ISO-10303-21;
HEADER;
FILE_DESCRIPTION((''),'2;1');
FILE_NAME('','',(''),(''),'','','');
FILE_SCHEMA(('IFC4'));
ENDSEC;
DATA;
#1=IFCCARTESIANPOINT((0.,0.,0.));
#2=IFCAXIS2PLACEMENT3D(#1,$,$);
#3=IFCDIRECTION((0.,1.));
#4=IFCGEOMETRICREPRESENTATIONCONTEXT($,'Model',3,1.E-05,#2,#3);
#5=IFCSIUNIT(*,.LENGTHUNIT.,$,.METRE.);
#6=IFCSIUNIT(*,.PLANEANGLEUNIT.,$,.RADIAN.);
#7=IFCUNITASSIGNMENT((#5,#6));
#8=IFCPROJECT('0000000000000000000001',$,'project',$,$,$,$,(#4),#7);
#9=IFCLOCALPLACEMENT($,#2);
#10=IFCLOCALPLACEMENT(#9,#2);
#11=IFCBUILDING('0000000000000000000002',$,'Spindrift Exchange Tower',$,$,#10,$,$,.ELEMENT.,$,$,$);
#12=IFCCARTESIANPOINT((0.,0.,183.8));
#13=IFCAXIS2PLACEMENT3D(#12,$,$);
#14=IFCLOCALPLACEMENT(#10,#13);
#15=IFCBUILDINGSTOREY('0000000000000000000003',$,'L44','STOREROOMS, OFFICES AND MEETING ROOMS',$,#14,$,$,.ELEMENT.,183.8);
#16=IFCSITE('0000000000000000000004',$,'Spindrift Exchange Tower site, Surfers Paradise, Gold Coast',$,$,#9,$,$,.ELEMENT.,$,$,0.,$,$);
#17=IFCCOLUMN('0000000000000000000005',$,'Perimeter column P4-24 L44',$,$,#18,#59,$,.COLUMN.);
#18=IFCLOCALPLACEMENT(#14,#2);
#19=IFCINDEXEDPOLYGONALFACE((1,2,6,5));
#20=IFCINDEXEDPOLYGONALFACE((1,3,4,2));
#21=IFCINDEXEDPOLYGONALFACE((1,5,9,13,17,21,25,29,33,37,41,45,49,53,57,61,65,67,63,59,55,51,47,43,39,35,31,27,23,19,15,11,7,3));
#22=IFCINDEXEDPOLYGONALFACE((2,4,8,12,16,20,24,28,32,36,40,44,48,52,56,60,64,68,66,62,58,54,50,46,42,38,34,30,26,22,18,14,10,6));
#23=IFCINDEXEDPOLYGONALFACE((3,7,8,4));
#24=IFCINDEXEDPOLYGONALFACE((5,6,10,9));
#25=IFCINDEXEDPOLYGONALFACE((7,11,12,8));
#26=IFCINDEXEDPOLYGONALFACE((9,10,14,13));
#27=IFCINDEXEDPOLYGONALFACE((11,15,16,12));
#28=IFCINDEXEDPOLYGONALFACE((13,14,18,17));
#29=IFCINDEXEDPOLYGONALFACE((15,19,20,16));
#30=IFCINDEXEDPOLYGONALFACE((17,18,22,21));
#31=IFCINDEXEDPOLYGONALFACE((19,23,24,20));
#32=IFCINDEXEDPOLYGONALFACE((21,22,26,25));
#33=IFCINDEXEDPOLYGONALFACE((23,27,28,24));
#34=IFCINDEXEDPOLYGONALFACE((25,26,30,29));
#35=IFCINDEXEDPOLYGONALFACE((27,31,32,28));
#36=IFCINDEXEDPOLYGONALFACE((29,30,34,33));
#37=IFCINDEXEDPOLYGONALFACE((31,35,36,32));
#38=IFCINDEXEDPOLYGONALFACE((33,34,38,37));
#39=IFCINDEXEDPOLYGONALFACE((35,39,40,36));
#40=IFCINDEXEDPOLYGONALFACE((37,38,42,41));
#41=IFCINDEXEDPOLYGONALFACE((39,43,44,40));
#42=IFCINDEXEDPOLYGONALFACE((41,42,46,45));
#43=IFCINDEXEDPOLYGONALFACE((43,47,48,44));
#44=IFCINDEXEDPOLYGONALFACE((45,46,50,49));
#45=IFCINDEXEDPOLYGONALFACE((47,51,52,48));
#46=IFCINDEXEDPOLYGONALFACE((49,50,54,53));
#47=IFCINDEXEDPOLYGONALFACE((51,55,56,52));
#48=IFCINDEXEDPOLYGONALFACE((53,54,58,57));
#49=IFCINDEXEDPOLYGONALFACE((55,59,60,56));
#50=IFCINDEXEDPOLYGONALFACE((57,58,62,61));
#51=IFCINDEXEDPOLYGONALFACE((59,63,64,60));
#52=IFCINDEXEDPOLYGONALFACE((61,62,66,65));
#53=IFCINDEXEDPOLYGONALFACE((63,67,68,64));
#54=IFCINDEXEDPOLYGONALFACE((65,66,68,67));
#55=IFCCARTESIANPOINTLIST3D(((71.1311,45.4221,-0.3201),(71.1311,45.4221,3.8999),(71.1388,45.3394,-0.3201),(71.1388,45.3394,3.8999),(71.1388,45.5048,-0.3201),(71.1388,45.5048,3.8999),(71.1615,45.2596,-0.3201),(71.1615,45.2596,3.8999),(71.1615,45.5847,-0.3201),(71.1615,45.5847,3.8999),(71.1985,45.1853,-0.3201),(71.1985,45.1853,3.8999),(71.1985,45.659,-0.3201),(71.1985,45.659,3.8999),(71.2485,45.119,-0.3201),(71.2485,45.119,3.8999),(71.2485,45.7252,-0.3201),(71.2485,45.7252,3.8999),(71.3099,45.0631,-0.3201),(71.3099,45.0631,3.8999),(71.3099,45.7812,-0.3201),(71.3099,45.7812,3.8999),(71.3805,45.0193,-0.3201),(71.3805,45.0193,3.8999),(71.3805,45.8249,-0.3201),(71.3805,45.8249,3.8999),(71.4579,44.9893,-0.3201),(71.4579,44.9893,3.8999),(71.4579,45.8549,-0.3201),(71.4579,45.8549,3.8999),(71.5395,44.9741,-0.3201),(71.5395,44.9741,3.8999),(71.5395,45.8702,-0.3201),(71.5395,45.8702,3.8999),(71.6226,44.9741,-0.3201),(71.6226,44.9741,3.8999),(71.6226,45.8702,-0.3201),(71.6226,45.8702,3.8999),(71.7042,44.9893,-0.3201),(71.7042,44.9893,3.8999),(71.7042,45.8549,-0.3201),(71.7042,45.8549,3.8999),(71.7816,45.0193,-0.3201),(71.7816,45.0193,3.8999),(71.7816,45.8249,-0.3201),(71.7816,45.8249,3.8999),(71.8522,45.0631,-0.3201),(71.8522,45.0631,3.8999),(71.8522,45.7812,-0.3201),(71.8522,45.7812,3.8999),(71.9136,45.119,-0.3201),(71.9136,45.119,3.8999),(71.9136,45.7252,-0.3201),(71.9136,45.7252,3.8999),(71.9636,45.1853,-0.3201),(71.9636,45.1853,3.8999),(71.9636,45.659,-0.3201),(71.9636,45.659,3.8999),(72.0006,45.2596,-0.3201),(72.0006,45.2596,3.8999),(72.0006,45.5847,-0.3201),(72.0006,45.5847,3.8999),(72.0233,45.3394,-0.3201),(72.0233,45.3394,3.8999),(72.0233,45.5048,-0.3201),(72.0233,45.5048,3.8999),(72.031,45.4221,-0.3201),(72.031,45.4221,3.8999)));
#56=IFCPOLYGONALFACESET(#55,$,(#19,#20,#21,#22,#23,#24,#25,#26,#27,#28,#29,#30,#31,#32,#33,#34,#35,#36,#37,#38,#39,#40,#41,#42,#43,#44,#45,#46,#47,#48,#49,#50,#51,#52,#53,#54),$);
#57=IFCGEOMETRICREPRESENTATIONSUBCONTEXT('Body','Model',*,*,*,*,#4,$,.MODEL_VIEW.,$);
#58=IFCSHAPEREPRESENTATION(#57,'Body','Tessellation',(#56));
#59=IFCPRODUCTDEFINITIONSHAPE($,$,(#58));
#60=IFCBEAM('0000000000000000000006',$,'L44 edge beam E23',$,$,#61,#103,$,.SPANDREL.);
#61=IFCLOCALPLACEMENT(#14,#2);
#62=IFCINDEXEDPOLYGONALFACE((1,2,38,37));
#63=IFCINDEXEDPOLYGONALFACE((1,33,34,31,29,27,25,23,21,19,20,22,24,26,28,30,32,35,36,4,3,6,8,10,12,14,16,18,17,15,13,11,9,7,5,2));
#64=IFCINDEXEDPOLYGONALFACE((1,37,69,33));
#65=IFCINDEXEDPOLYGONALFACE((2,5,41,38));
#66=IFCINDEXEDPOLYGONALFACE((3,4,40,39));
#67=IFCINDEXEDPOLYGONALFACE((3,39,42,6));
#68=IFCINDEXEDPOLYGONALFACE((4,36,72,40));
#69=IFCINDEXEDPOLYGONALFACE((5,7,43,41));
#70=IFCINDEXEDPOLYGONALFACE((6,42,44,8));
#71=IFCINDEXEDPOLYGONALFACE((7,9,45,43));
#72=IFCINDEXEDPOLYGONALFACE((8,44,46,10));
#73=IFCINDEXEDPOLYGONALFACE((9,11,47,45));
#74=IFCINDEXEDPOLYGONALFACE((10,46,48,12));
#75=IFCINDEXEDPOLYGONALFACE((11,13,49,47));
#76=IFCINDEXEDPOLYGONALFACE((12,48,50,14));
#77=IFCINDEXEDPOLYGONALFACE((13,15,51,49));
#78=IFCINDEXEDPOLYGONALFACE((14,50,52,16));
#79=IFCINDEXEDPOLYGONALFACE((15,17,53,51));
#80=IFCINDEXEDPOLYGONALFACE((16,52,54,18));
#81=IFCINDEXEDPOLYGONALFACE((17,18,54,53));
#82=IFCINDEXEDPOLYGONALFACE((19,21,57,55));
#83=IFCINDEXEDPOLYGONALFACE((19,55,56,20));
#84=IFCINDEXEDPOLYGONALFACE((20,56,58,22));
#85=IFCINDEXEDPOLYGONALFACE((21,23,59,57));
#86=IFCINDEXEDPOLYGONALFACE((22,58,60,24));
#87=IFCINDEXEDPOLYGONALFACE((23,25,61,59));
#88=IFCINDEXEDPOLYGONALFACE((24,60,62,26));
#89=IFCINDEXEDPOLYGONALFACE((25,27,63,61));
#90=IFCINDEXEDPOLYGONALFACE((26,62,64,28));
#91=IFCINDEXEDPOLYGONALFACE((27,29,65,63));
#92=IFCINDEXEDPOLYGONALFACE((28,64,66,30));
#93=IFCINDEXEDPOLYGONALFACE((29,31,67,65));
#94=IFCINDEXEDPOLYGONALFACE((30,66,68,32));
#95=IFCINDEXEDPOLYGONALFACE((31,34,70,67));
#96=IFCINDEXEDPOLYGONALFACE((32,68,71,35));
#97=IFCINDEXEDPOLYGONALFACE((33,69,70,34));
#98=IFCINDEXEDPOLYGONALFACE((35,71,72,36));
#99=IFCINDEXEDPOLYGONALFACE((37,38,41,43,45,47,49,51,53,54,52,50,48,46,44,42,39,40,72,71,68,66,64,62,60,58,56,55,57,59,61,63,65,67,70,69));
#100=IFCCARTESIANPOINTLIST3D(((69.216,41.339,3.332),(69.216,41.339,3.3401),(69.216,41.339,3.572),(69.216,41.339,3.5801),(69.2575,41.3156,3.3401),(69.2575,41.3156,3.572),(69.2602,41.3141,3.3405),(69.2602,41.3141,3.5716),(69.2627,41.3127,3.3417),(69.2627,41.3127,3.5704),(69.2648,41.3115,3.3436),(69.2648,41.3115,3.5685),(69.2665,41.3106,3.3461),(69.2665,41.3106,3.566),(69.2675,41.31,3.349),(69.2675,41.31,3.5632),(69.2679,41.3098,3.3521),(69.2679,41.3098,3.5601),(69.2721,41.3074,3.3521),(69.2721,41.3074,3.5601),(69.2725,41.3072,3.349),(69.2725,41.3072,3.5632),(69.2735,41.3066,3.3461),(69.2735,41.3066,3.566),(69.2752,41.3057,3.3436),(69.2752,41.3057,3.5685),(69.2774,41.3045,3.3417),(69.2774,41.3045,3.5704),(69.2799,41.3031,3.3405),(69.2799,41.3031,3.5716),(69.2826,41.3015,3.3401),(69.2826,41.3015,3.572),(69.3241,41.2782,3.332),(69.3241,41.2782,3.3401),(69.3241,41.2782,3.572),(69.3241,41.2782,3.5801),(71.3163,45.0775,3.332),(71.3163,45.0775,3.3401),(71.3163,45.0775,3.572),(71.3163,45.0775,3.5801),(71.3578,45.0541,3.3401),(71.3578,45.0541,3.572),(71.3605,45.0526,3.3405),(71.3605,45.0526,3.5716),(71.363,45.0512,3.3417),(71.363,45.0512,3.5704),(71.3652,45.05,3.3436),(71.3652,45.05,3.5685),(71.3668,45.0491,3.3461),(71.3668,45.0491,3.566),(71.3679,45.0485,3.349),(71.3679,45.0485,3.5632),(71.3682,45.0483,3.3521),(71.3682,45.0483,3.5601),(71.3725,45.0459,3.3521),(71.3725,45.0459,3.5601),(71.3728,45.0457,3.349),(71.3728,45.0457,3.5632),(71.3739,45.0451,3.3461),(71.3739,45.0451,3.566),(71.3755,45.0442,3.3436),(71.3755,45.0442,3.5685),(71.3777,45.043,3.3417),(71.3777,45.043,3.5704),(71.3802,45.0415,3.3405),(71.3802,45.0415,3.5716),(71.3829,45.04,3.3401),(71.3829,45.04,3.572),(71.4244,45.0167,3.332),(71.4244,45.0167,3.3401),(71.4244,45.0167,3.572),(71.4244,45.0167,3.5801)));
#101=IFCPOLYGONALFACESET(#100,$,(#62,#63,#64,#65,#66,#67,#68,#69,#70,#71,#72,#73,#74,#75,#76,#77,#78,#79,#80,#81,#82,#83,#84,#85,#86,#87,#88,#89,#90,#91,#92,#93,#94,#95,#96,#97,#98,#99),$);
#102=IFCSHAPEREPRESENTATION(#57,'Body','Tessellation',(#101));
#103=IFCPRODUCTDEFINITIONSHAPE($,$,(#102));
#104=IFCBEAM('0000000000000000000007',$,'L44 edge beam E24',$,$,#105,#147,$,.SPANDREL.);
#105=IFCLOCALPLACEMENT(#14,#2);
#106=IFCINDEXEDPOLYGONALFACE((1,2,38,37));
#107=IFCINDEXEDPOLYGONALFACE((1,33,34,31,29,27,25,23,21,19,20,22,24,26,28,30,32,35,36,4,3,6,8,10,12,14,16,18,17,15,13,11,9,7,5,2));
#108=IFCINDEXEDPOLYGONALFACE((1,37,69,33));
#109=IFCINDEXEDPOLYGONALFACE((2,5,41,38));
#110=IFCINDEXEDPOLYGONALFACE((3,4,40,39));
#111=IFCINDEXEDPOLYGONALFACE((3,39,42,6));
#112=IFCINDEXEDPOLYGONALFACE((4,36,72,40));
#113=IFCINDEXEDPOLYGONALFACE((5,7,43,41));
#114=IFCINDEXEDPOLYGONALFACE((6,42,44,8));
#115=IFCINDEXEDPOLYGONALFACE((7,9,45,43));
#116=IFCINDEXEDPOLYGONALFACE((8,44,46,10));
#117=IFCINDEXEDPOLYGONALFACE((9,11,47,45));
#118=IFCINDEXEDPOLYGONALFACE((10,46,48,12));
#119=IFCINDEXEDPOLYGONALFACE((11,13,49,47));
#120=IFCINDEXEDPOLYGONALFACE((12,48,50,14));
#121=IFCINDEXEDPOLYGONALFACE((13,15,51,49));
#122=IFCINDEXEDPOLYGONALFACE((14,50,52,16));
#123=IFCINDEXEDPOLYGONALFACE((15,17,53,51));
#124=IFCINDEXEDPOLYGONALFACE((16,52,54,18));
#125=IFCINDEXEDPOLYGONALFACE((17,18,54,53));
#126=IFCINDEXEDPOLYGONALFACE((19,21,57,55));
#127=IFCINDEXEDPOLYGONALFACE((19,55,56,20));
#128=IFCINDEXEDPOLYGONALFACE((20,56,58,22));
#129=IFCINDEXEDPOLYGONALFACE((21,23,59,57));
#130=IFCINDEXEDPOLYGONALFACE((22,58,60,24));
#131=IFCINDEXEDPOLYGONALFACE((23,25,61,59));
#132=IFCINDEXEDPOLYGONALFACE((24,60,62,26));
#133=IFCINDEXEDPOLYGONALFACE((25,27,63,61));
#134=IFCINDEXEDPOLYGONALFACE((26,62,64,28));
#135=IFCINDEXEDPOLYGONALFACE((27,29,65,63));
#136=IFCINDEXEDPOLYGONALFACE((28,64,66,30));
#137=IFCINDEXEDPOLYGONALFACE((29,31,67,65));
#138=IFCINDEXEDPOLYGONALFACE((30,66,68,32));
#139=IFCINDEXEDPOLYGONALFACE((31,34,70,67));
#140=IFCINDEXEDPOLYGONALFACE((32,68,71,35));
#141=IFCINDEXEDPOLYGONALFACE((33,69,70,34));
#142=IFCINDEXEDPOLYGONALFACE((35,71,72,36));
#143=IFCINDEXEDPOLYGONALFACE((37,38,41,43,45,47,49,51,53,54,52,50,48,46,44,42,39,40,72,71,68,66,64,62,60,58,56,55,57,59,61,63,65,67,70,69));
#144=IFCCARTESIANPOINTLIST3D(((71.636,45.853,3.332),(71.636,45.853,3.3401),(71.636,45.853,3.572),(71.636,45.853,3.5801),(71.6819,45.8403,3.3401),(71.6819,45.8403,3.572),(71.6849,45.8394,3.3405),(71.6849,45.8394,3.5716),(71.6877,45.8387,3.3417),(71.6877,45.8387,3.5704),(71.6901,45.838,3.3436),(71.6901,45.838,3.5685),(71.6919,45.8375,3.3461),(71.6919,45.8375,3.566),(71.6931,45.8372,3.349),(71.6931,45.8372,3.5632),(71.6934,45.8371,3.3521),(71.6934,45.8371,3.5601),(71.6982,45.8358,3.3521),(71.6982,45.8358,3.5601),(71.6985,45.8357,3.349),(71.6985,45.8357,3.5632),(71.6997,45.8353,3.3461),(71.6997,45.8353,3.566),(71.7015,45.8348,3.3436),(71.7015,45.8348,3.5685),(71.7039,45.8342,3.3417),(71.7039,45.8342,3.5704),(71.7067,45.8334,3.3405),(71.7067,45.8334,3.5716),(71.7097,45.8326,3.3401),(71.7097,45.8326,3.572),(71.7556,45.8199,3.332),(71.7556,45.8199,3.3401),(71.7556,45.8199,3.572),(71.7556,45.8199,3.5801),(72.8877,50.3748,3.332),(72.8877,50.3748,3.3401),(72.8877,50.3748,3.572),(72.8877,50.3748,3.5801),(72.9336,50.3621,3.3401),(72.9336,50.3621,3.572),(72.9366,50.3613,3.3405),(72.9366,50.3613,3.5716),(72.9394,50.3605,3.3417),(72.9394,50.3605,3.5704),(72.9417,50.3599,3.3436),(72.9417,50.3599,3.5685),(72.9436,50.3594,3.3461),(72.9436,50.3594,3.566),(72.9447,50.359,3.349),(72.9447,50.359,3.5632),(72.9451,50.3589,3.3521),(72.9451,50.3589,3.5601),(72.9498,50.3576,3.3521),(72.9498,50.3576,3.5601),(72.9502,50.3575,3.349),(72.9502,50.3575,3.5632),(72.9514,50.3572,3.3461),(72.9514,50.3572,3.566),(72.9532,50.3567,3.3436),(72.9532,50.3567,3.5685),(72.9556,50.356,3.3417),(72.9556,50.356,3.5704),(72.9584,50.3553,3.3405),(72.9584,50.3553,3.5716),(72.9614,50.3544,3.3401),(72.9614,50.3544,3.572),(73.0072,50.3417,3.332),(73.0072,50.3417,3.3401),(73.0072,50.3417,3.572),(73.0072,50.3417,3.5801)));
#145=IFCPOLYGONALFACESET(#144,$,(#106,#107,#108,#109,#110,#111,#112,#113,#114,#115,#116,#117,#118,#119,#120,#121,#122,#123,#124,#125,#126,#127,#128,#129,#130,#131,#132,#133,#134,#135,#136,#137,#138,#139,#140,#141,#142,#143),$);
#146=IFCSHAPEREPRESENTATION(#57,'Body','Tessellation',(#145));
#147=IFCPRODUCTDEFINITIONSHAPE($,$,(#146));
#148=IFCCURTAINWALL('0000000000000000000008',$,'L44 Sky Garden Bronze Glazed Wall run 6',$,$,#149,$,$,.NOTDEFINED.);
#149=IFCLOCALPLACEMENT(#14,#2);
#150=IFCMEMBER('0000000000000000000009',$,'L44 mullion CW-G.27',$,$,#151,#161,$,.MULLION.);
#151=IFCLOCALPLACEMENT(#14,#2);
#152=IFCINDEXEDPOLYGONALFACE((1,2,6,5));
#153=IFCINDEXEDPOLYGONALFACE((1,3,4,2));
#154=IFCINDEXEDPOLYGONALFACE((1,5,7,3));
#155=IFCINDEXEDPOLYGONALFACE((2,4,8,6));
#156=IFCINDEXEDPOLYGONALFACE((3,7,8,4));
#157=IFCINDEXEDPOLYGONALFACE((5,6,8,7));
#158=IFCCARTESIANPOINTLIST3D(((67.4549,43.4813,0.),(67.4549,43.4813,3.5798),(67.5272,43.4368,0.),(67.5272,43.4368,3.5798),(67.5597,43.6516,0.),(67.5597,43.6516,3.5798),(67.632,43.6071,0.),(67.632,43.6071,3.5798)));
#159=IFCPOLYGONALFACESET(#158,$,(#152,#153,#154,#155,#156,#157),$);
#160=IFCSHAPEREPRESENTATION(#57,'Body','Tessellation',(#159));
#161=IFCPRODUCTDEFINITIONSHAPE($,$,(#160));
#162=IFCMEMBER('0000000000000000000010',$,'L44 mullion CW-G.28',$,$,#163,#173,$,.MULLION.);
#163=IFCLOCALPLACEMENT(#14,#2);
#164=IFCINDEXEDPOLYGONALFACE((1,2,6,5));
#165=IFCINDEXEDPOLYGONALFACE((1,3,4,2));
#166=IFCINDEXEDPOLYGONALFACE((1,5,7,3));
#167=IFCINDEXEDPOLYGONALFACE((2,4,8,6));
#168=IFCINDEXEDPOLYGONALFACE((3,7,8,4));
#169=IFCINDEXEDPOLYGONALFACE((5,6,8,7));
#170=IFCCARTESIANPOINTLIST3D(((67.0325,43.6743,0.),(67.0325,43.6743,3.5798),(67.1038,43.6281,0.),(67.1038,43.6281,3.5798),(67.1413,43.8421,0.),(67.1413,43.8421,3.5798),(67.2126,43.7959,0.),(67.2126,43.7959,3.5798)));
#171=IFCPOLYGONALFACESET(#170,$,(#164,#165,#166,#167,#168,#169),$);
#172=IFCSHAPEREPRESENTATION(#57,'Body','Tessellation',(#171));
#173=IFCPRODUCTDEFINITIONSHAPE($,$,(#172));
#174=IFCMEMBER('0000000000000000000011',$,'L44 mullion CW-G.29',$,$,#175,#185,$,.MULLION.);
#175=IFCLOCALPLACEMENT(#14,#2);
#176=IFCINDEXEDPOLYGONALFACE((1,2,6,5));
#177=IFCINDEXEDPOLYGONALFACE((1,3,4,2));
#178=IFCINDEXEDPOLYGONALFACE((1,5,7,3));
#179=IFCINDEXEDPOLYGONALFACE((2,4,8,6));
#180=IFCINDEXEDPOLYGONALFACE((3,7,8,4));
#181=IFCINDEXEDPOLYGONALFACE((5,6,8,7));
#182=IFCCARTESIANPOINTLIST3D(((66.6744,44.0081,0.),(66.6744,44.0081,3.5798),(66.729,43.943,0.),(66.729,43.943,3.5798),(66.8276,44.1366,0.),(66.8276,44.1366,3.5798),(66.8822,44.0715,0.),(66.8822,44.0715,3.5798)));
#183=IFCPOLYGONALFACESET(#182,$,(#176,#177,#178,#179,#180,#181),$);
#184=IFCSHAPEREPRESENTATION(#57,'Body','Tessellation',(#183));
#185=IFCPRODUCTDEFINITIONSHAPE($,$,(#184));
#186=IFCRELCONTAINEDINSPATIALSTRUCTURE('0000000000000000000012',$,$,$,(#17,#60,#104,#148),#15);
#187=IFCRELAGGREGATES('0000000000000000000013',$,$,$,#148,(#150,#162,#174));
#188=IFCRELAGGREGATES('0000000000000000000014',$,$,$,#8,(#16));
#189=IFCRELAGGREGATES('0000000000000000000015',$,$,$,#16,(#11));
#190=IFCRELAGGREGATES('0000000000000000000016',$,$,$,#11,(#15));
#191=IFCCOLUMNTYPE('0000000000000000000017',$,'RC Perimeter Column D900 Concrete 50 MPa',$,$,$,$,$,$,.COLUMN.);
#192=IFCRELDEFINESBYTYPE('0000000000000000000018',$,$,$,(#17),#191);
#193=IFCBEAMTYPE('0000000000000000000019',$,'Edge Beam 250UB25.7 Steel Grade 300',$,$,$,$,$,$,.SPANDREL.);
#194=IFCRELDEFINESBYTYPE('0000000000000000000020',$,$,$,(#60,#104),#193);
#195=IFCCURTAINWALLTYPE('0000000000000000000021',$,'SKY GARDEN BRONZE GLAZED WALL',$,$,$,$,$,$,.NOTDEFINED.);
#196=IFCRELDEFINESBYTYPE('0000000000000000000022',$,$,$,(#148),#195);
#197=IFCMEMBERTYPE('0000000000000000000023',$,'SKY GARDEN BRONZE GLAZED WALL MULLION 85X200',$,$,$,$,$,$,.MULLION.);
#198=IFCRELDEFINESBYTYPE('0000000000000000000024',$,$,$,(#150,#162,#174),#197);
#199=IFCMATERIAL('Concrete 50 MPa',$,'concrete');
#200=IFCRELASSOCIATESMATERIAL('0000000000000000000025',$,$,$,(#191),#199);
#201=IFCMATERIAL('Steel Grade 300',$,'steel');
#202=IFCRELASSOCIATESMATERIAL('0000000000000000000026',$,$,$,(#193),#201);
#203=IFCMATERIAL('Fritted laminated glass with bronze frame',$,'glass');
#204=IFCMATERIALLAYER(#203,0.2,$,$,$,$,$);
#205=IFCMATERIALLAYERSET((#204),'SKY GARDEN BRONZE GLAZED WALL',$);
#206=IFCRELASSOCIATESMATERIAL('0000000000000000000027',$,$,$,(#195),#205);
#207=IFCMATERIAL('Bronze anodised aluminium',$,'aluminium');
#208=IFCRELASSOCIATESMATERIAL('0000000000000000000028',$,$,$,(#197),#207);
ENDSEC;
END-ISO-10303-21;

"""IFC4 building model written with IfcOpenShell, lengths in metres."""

from ifc_helpers import new_model, si_unit, direction, frame, origin, origin_2d, place, context, subcontext, project, spatial, rectangle, circle, i_section, extrude, source, transform, mapped, material, layer, layer_set, material_profile, profile_set, type_object, element, aggregate, save


model = new_model("IFC4")

# Units and contexts
model_context = context("Model", 3, precision=1e-05, world=origin(), true_north=direction((0.0, 1.0)))
body_context = subcontext(model_context, "Body", "Model", "MODEL_VIEW")
ifc_project = project(units=[si_unit("LENGTHUNIT", "METRE"), si_unit("PLANEANGLEUNIT", "RADIAN")], contexts=[model_context])

# Site, building, storey
site_placement = place(None, origin())
site = spatial("IfcSite", under=ifc_project, at=site_placement, Name="Spindrift Exchange Tower site, Surfers Paradise, Gold Coast", CompositionType="ELEMENT", RefElevation=0.0)
building_placement = place(site_placement, origin())
building = spatial("IfcBuilding", under=site, at=building_placement, Name="Spindrift Exchange Tower", CompositionType="ELEMENT")
storey_placement = place(building_placement, frame((0.0, 0.0, 183.8)))
storey = spatial("IfcBuildingStorey", under=building, at=storey_placement, Name="L44", Description="STOREROOMS, OFFICES AND MEETING ROOMS", CompositionType="ELEMENT", Elevation=183.8)

# Column
ifc_material_1 = material(Name="Concrete 50 MPa", Category="concrete")
ifc_material_profile_1 = material_profile(ifc_material_1, circle(Radius=0.45, at=origin_2d()), Name="RC D900")
ifc_profile_set_1 = profile_set([ifc_material_profile_1], Name="Concrete 50 MPa")
column_type = type_object("IfcColumnType", Name="RC Perimeter Column D900 Concrete 50 MPa", PredefinedType="COLUMN", material=ifc_profile_set_1)
shared_shape_1 = source(origin(), body_context, "Body", "SweptSolid", [
    extrude(circle(Radius=0.45, at=origin_2d()), origin(), (0.0, 0.0, 1.0), 4.22),
])
column_placement = place(storey_placement, frame((71.5811, 45.4221, -0.3201), z_axis=(0.0, 0.0, 1.0), x_axis=(1.0, 0.0, 0.0)))
element("IfcColumn", 1, at=column_placement, inside=storey, type_object=column_type, Name="Perimeter column P4-24 L44", PredefinedType="COLUMN", context=body_context, shape_type="MappedRepresentation", body=[
    mapped(shared_shape_1, transform((0.0, 0.0, 0.0), scale=1.0)),
])

# Beams
ifc_material_2 = material(Name="Steel Grade 300", Category="steel")
ifc_material_profile_2 = material_profile(ifc_material_2, i_section(OverallWidth=0.124, OverallDepth=0.248, WebThickness=0.0049, FlangeThickness=0.0081, FilletRadius=0.012, at=origin_2d()), Name="250UB25.7")
ifc_profile_set_2 = profile_set([ifc_material_profile_2], Name="Steel Grade 300")
beam_type = type_object("IfcBeamType", Name="Edge Beam 250UB25.7 Steel Grade 300", PredefinedType="SPANDREL", material=ifc_profile_set_2)
shared_shape_2 = source(origin(), body_context, "Body", "SweptSolid", [
    extrude(i_section(OverallWidth=0.124, OverallDepth=0.248, WebThickness=0.0049, FlangeThickness=0.0081, FilletRadius=0.012, at=origin_2d()), origin(), (0.0, 0.0, 1.0), 4.2881),
])
beam_1_placement = place(storey_placement, frame((69.27, 41.3086, 3.4561), z_axis=(0.489804, 0.871832, 0.0), x_axis=(-0.871832, 0.489804, 0.0)))
element("IfcBeam", 2, at=beam_1_placement, inside=storey, type_object=beam_type, Name="L44 edge beam E23", PredefinedType="SPANDREL", context=body_context, shape_type="MappedRepresentation", body=[
    mapped(shared_shape_2, transform((0.0, 0.0, 0.0), scale=1.0)),
])
shared_shape_3 = source(origin(), body_context, "Body", "SweptSolid", [
    extrude(i_section(OverallWidth=0.124, OverallDepth=0.248, WebThickness=0.0049, FlangeThickness=0.0081, FilletRadius=0.012, at=origin_2d()), origin(), (0.0, 0.0, 1.0), 4.6919),
])
beam_2_placement = place(storey_placement, frame((71.6958, 45.8364, 3.4561), z_axis=(0.266774, 0.963759, 0.0), x_axis=(-0.963759, 0.266774, 0.0)))
element("IfcBeam", 3, at=beam_2_placement, inside=storey, type_object=beam_type, Name="L44 edge beam E24", PredefinedType="SPANDREL", context=body_context, shape_type="MappedRepresentation", body=[
    mapped(shared_shape_3, transform((0.0, 0.0, 0.0), scale=1.0)),
])

# Curtain wall, members
ifc_material_3 = material(Name="Fritted laminated glass with bronze frame", Category="glass")
ifc_layer_1 = layer(ifc_material_3, 0.2)
ifc_layer_set_1 = layer_set([ifc_layer_1], Name="SKY GARDEN BRONZE GLAZED WALL")
curtain_wall_type = type_object("IfcCurtainWallType", Name="SKY GARDEN BRONZE GLAZED WALL", PredefinedType="NOTDEFINED", material=ifc_layer_set_1)
curtain_wall_1_placement = place(storey_placement, origin())
curtain_wall_1 = element("IfcCurtainWall", 4, at=curtain_wall_1_placement, inside=storey, type_object=curtain_wall_type, Name="L44 Sky Garden Bronze Glazed Wall run 6", PredefinedType="NOTDEFINED")
ifc_material_4 = material(Name="Bronze anodised aluminium", Category="aluminium")
ifc_material_profile_3 = material_profile(ifc_material_4, rectangle(XDim=0.085, YDim=0.2, at=origin_2d()), Name="SKY GARDEN BRONZE GLAZED WALL MULLION 85X200")
ifc_profile_set_3 = profile_set([ifc_material_profile_3], Name="Bronze anodised aluminium")
member_type_1 = type_object("IfcMemberType", Name="SKY GARDEN BRONZE GLAZED WALL MULLION 85X200", PredefinedType="MULLION", material=ifc_profile_set_3)
shared_shape_4 = source(origin(), body_context, "Body", "SweptSolid", [
    extrude(rectangle(XDim=0.085, YDim=0.2, at=origin_2d()), origin(), (0.0, 0.0, 1.0), 3.5798),
])
member_1_placement = place(storey_placement, frame((67.5435, 43.5442, 0.0), z_axis=(0.0, 0.0, 1.0), x_axis=(-0.851708, 0.524016, 0.0)))
member_1 = element("IfcMember", 5, at=member_1_placement, type_object=member_type_1, Name="L44 mullion CW-G.27", PredefinedType="MULLION", context=body_context, shape_type="MappedRepresentation", body=[
    mapped(shared_shape_4, transform((0.0, 0.0, 0.0), scale=1.0)),
])
member_2_placement = place(storey_placement, frame((67.1226, 43.7351, 0.0), z_axis=(0.0, 0.0, 1.0), x_axis=(-0.839166, 0.543876, 0.0)))
member_2 = element("IfcMember", 6, at=member_2_placement, type_object=member_type_1, Name="L44 mullion CW-G.28", PredefinedType="MULLION", context=body_context, shape_type="MappedRepresentation", body=[
    mapped(shared_shape_4, transform((0.0, 0.0, 0.0), scale=1.0)),
])
member_3_placement = place(storey_placement, frame((66.7783, 44.0398, 0.0), z_axis=(0.0, 0.0, 1.0), x_axis=(-0.64241, 0.766361, 0.0)))
member_3 = element("IfcMember", 7, at=member_3_placement, type_object=member_type_1, Name="L44 mullion CW-G.29", PredefinedType="MULLION", context=body_context, shape_type="MappedRepresentation", body=[
    mapped(shared_shape_4, transform((0.0, 0.0, 0.0), scale=1.0)),
])

aggregate(curtain_wall_1, [member_1, member_2, member_3])

save(model, "model.ifc")
